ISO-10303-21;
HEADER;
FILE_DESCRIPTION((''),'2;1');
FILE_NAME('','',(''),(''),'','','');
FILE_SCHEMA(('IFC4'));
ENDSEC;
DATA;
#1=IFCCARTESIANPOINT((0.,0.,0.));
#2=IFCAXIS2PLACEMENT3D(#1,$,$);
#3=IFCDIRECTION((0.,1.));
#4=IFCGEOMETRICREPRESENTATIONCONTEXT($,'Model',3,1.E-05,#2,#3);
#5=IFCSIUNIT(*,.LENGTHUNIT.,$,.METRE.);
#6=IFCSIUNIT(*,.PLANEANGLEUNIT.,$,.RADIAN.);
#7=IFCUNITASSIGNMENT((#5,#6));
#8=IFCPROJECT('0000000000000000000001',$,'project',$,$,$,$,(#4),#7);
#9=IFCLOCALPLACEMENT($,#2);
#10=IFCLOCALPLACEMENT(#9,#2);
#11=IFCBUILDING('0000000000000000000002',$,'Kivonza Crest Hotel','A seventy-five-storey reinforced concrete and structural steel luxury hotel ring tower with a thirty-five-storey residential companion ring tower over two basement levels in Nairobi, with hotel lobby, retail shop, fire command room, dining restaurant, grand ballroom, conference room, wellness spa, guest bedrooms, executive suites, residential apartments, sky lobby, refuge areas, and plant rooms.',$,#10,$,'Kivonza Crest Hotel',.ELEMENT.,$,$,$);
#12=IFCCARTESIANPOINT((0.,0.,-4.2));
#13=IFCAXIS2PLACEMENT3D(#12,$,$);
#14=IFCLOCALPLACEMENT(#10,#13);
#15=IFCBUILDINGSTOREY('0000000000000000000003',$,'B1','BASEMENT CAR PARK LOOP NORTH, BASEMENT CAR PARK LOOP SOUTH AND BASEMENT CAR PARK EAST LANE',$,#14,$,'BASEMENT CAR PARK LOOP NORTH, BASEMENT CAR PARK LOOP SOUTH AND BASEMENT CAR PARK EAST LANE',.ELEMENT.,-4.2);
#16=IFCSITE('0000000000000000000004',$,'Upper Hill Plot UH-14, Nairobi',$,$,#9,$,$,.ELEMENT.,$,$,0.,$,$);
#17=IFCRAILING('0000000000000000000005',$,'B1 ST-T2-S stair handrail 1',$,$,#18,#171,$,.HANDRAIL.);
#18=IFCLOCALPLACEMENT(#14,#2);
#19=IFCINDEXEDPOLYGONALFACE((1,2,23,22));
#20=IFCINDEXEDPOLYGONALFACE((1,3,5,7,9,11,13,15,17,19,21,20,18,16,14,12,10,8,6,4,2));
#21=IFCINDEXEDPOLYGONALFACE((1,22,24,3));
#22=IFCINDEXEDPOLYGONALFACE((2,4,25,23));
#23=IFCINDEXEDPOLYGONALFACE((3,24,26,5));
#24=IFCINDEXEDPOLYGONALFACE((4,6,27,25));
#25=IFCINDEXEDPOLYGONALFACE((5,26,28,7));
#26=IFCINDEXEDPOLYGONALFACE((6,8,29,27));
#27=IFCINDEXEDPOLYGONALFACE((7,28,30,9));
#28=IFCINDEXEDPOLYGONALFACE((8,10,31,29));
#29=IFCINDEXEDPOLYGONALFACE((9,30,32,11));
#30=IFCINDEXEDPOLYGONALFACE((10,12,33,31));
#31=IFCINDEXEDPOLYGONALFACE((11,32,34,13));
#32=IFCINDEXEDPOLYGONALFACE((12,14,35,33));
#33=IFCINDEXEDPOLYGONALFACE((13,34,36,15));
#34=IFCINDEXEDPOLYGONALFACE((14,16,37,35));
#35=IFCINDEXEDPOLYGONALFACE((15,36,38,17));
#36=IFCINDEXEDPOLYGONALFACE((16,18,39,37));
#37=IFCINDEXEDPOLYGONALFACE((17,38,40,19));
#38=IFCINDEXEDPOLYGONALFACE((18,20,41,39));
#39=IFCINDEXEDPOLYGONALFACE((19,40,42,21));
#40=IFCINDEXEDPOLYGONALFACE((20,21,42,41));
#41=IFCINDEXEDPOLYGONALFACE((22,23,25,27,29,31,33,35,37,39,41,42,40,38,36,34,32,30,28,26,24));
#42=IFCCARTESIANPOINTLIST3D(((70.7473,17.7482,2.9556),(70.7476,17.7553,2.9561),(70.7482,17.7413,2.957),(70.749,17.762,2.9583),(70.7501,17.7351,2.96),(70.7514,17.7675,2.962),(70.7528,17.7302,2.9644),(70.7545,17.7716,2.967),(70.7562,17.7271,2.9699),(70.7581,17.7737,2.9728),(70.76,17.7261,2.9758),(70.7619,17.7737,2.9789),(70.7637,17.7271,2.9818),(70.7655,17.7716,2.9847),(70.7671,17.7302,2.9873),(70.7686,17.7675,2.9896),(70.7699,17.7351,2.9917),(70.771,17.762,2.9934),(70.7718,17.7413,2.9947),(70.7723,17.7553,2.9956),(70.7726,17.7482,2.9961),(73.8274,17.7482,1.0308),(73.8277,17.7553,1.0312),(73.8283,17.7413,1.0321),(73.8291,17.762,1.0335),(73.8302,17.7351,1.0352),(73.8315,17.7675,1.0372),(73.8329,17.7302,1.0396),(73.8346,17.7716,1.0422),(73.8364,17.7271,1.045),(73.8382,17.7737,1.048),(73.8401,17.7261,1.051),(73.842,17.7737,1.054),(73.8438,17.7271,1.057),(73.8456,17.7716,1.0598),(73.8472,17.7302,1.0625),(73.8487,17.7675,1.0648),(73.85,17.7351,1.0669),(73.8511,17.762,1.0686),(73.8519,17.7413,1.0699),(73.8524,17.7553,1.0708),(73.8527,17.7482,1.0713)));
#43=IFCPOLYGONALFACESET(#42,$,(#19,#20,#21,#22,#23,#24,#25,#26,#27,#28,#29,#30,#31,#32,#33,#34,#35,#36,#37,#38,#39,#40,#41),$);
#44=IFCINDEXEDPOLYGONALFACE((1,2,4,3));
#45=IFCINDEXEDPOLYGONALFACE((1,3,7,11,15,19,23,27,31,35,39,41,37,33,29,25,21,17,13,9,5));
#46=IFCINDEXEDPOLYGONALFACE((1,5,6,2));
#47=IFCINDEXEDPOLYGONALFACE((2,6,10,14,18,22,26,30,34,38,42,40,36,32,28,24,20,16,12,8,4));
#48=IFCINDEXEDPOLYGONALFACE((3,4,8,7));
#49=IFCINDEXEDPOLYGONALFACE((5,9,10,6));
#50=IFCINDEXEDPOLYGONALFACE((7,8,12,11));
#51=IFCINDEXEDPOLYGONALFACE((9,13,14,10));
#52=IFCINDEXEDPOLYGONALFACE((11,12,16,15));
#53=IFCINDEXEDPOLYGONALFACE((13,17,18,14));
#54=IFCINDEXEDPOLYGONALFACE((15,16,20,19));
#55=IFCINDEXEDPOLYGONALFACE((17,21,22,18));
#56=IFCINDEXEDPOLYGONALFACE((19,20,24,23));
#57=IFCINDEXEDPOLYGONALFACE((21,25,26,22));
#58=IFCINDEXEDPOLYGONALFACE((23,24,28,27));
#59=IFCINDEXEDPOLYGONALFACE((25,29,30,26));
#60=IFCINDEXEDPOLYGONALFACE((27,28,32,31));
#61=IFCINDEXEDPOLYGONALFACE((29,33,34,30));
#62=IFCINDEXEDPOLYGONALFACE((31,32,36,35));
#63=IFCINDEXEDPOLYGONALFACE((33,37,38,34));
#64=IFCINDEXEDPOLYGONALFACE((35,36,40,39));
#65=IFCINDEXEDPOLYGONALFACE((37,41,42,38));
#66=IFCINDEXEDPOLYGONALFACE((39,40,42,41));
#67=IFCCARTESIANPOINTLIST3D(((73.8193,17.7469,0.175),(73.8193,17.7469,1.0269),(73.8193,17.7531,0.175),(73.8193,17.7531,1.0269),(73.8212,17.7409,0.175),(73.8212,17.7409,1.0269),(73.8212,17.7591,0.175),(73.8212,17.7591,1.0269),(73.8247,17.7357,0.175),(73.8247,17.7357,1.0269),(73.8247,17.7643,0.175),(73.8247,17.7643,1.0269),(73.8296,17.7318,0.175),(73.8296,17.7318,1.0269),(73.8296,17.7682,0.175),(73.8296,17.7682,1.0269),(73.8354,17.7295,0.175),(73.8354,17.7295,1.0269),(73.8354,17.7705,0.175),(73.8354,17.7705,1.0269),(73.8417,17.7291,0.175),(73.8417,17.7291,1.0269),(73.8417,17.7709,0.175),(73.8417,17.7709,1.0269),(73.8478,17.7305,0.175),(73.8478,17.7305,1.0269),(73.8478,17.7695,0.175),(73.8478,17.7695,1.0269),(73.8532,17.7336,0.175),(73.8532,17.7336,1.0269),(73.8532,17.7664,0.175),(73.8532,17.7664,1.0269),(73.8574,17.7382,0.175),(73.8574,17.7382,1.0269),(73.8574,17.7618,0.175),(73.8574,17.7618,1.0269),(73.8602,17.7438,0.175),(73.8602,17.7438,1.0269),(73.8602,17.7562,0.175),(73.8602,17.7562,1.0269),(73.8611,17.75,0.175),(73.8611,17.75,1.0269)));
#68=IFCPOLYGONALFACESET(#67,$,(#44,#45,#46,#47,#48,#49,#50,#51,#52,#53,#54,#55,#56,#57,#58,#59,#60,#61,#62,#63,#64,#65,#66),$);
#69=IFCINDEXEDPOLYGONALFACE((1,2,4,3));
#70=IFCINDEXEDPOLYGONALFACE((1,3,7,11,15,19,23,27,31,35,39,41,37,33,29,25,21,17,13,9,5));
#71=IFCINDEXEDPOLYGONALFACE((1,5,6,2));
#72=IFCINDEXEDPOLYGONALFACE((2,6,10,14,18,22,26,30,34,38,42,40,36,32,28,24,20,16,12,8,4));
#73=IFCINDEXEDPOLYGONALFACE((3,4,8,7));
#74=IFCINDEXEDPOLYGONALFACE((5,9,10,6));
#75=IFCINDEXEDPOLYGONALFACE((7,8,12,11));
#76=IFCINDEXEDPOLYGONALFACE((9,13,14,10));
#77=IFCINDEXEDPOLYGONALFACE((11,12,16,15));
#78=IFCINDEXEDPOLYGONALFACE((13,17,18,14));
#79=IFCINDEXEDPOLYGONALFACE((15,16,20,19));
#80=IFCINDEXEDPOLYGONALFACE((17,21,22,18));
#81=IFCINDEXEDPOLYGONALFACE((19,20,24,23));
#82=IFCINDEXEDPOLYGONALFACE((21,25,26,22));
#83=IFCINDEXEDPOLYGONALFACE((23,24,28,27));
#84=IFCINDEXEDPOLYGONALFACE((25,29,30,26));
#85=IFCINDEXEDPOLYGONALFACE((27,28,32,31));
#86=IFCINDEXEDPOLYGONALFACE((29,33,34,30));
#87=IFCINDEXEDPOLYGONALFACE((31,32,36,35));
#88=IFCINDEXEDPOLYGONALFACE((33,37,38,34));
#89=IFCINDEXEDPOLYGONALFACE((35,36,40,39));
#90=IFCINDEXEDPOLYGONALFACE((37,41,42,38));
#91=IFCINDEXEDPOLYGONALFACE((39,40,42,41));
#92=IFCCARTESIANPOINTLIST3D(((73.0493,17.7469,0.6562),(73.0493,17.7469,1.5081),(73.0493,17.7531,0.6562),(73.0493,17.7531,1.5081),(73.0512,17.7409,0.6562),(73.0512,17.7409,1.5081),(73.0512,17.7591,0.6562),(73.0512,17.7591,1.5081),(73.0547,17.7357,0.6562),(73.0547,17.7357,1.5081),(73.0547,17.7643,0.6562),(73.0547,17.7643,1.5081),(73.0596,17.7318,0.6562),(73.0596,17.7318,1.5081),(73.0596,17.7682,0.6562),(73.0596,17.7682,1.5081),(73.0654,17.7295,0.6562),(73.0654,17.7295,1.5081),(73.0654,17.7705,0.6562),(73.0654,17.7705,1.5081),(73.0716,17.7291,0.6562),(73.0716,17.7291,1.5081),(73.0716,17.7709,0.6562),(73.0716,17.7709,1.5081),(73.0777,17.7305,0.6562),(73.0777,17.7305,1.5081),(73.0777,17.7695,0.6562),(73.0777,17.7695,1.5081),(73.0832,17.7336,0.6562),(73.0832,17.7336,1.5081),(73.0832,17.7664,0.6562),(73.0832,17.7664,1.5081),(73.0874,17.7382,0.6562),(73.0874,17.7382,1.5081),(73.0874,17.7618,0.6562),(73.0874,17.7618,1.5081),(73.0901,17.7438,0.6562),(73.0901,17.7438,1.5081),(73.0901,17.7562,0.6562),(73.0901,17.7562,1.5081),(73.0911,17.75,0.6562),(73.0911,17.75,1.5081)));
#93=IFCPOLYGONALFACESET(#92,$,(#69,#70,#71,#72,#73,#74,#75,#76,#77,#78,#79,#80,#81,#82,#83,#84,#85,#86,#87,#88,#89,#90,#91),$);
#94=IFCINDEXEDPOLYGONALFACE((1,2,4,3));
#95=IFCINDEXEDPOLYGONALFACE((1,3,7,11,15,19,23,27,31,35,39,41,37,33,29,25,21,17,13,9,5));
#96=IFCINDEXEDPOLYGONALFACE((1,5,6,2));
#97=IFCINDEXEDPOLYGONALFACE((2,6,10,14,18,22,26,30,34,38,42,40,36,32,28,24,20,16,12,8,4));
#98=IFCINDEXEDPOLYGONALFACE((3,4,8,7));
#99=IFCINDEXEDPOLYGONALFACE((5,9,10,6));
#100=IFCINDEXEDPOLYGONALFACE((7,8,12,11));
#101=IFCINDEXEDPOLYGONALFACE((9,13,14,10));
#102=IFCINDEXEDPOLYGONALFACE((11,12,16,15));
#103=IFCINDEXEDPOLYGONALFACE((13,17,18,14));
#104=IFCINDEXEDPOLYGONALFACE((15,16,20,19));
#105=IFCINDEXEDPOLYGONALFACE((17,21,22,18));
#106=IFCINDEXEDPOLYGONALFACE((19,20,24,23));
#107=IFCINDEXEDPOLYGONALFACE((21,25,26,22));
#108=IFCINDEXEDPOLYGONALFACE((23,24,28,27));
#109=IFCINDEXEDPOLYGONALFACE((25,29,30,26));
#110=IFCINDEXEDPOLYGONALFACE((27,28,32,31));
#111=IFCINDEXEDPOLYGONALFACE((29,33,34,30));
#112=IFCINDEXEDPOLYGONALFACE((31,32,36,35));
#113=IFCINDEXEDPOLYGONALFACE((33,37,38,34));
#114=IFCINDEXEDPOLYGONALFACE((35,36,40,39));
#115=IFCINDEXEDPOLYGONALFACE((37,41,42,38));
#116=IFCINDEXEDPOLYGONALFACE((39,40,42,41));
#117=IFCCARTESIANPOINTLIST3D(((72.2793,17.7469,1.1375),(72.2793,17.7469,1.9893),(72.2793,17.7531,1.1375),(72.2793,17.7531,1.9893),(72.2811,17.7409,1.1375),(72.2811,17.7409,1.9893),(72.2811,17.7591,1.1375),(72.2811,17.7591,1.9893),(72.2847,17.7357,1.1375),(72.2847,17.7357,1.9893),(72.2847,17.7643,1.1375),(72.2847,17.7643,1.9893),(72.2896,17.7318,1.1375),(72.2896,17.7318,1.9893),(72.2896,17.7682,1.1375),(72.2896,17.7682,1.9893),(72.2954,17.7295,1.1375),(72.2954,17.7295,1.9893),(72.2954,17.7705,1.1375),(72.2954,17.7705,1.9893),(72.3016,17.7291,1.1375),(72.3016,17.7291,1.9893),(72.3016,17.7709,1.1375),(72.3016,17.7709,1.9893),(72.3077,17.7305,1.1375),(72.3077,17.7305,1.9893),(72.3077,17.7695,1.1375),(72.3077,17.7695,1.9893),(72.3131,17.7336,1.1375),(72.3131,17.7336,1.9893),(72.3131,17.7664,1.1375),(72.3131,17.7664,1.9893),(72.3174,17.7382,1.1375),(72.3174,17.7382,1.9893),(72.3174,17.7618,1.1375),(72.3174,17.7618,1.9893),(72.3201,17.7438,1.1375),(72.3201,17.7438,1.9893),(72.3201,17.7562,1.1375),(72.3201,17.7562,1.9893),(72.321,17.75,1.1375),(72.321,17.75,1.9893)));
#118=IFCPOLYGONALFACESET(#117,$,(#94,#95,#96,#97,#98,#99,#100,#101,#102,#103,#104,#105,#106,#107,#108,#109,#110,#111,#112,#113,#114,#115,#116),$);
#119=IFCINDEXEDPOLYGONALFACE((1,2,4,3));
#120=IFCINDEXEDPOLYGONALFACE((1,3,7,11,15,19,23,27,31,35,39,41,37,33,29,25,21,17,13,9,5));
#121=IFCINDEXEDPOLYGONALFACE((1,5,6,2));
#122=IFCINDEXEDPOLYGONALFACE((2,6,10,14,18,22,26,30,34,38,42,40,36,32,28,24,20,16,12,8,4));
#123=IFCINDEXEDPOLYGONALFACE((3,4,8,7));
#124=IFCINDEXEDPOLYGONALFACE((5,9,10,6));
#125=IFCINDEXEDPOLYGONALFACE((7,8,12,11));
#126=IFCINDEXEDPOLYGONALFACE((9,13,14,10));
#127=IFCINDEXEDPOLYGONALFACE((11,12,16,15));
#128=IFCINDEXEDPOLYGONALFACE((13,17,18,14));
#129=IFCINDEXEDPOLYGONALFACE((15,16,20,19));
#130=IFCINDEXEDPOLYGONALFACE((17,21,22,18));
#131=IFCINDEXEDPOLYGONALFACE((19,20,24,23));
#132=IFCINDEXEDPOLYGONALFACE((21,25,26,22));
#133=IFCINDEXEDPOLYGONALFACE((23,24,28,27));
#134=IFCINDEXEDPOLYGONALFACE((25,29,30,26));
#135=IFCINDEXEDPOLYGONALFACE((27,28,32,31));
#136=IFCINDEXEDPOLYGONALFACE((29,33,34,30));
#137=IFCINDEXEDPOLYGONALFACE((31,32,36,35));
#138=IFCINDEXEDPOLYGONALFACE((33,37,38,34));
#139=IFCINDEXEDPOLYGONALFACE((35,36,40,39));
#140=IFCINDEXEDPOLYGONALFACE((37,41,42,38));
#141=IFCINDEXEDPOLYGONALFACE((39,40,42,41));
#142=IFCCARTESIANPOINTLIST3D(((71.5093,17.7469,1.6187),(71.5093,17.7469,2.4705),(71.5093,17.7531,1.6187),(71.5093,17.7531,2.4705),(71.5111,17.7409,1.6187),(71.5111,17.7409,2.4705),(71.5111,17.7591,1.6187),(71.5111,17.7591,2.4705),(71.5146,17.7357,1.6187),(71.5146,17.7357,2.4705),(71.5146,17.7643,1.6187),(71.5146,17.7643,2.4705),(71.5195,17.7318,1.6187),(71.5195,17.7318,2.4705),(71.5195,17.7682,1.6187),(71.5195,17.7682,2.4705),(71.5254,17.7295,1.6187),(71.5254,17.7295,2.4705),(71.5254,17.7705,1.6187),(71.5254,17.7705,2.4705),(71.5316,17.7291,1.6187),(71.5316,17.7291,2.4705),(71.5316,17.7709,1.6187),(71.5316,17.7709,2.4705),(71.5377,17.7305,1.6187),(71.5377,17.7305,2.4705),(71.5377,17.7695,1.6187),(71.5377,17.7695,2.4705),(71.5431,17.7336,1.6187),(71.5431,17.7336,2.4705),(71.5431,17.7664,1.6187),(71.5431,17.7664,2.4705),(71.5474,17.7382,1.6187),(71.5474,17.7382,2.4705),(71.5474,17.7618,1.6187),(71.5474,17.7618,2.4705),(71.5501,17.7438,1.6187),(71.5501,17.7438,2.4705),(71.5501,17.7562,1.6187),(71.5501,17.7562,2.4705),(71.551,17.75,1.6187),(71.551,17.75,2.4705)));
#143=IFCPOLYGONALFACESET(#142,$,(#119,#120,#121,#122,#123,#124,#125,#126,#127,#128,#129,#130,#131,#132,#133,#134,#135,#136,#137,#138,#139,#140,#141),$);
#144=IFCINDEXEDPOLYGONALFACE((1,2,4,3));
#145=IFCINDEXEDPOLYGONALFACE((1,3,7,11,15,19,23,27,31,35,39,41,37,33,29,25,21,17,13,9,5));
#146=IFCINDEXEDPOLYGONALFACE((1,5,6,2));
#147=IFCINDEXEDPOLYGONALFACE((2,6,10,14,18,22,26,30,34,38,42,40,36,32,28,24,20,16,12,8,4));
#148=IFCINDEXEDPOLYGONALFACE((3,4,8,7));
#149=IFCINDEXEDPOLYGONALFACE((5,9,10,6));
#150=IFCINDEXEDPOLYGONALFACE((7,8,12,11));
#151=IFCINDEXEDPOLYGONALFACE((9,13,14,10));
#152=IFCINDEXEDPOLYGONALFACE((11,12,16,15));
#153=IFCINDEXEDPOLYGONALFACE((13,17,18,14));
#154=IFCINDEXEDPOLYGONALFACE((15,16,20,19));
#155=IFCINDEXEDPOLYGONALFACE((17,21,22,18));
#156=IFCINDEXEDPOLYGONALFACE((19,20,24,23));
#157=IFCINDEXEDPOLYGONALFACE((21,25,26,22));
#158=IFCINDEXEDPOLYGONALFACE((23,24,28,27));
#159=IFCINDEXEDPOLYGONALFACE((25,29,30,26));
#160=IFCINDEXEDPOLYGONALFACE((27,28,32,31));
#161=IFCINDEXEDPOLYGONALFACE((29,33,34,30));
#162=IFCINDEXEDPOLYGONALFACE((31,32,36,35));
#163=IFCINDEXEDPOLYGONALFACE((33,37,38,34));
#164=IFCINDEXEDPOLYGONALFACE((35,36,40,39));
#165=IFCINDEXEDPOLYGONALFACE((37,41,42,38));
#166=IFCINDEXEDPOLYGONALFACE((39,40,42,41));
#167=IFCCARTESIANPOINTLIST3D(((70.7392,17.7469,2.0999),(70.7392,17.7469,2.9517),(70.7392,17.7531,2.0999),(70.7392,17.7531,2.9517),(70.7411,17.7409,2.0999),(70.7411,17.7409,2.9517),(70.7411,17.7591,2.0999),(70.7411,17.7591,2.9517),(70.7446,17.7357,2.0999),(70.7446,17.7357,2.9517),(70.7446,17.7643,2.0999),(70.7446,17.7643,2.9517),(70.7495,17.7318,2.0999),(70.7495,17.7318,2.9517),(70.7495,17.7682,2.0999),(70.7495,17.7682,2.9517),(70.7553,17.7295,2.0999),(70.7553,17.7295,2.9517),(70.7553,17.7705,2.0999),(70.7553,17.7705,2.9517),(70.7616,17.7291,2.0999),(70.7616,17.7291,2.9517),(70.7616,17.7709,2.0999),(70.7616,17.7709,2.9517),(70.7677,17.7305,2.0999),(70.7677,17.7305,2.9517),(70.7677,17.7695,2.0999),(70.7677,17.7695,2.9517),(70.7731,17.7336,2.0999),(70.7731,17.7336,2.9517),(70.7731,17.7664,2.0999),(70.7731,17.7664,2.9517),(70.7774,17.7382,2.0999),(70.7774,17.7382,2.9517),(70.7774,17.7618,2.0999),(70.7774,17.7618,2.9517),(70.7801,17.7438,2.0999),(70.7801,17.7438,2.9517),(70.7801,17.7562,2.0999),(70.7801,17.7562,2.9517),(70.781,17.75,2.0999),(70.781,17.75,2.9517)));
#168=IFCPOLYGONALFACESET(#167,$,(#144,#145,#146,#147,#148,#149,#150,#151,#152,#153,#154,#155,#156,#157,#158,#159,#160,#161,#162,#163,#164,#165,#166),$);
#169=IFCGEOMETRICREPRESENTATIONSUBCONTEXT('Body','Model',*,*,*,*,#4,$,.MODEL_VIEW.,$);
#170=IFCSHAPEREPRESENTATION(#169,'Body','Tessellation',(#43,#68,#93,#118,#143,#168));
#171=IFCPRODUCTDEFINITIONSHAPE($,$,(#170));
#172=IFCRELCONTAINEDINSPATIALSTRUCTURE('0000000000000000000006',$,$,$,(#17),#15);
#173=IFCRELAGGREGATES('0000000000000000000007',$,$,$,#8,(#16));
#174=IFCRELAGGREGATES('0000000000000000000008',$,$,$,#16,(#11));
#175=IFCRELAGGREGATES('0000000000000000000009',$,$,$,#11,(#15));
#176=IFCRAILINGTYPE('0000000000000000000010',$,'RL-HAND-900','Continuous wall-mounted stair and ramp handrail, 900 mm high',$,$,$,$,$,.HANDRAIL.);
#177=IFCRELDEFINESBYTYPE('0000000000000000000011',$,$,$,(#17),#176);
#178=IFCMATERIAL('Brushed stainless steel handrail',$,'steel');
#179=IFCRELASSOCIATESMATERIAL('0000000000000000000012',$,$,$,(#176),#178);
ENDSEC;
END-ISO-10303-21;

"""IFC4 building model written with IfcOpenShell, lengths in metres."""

from ifc_helpers import new_model, si_unit, direction, frame, origin, origin_2d, place, context, subcontext, project, spatial, circle, extrude, material, type_object, element, save


model = new_model("IFC4")

# Units and contexts
model_context = context("Model", 3, precision=1e-05, world=origin(), true_north=direction((0.0, 1.0)))
body_context = subcontext(model_context, "Body", "Model", "MODEL_VIEW")
ifc_project = project(units=[si_unit("LENGTHUNIT", "METRE"), si_unit("PLANEANGLEUNIT", "RADIAN")], contexts=[model_context])

# Site, building, storey
site_placement = place(None, origin())
site = spatial("IfcSite", under=ifc_project, at=site_placement, Name="Upper Hill Plot UH-14, Nairobi", CompositionType="ELEMENT", RefElevation=0.0)
building_placement = place(site_placement, origin())
building = spatial("IfcBuilding", under=site, at=building_placement, Name="Kivonza Crest Hotel", Description="A seventy-five-storey reinforced concrete and structural steel luxury hotel ring tower with a thirty-five-storey residential companion ring tower over two basement levels in Nairobi, with hotel lobby, retail shop, fire command room, dining restaurant, grand ballroom, conference room, wellness spa, guest bedrooms, executive suites, residential apartments, sky lobby, refuge areas, and plant rooms.", LongName="Kivonza Crest Hotel", CompositionType="ELEMENT")
storey_placement = place(building_placement, frame((0.0, 0.0, -4.2)))
storey = spatial("IfcBuildingStorey", under=building, at=storey_placement, Name="B1", Description="BASEMENT CAR PARK LOOP NORTH, BASEMENT CAR PARK LOOP SOUTH AND BASEMENT CAR PARK EAST LANE", LongName="BASEMENT CAR PARK LOOP NORTH, BASEMENT CAR PARK LOOP SOUTH AND BASEMENT CAR PARK EAST LANE", CompositionType="ELEMENT", Elevation=-4.2)

# Railing
ifc_material_1 = material(Name="Brushed stainless steel handrail", Category="steel")
railing_type_1 = type_object("IfcRailingType", Name="RL-HAND-900", Description="Continuous wall-mounted stair and ramp handrail, 900 mm high", PredefinedType="HANDRAIL", material=ifc_material_1)
railing_1_placement = place(storey_placement, frame((73.8401, 17.75, 0.175)))
element("IfcRailing", 1, at=railing_1_placement, inside=storey, type_object=railing_type_1, Name="B1 ST-T2-S stair handrail 1", PredefinedType="HANDRAIL", context=body_context, shape_type="SweptSolid", body=[
    extrude(circle(Radius=0.0239, at=origin_2d()), frame((0.0, 0.0, 0.876), z_axis=(-0.848029, 0.0, 0.529951), x_axis=(0.0, -1.0, 0.0)), (0.0, 0.0, 1.0), 3.6321),
    extrude(circle(Radius=0.021, at=origin_2d()), origin(), (0.0, 0.0, 1.0), 0.8518),
    extrude(circle(Radius=0.021, at=origin_2d()), frame((-0.77, 0.0, 0.4812)), (0.0, 0.0, 1.0), 0.8518),
    extrude(circle(Radius=0.021, at=origin_2d()), frame((-1.54, 0.0, 0.9624)), (0.0, 0.0, 1.0), 0.8518),
    extrude(circle(Radius=0.021, at=origin_2d()), frame((-2.3101, 0.0, 1.4436)), (0.0, 0.0, 1.0), 0.8518),
    extrude(circle(Radius=0.021, at=origin_2d()), frame((-3.0801, 0.0, 1.9248)), (0.0, 0.0, 1.0), 0.8518),
])

save(model, "model.ifc")
